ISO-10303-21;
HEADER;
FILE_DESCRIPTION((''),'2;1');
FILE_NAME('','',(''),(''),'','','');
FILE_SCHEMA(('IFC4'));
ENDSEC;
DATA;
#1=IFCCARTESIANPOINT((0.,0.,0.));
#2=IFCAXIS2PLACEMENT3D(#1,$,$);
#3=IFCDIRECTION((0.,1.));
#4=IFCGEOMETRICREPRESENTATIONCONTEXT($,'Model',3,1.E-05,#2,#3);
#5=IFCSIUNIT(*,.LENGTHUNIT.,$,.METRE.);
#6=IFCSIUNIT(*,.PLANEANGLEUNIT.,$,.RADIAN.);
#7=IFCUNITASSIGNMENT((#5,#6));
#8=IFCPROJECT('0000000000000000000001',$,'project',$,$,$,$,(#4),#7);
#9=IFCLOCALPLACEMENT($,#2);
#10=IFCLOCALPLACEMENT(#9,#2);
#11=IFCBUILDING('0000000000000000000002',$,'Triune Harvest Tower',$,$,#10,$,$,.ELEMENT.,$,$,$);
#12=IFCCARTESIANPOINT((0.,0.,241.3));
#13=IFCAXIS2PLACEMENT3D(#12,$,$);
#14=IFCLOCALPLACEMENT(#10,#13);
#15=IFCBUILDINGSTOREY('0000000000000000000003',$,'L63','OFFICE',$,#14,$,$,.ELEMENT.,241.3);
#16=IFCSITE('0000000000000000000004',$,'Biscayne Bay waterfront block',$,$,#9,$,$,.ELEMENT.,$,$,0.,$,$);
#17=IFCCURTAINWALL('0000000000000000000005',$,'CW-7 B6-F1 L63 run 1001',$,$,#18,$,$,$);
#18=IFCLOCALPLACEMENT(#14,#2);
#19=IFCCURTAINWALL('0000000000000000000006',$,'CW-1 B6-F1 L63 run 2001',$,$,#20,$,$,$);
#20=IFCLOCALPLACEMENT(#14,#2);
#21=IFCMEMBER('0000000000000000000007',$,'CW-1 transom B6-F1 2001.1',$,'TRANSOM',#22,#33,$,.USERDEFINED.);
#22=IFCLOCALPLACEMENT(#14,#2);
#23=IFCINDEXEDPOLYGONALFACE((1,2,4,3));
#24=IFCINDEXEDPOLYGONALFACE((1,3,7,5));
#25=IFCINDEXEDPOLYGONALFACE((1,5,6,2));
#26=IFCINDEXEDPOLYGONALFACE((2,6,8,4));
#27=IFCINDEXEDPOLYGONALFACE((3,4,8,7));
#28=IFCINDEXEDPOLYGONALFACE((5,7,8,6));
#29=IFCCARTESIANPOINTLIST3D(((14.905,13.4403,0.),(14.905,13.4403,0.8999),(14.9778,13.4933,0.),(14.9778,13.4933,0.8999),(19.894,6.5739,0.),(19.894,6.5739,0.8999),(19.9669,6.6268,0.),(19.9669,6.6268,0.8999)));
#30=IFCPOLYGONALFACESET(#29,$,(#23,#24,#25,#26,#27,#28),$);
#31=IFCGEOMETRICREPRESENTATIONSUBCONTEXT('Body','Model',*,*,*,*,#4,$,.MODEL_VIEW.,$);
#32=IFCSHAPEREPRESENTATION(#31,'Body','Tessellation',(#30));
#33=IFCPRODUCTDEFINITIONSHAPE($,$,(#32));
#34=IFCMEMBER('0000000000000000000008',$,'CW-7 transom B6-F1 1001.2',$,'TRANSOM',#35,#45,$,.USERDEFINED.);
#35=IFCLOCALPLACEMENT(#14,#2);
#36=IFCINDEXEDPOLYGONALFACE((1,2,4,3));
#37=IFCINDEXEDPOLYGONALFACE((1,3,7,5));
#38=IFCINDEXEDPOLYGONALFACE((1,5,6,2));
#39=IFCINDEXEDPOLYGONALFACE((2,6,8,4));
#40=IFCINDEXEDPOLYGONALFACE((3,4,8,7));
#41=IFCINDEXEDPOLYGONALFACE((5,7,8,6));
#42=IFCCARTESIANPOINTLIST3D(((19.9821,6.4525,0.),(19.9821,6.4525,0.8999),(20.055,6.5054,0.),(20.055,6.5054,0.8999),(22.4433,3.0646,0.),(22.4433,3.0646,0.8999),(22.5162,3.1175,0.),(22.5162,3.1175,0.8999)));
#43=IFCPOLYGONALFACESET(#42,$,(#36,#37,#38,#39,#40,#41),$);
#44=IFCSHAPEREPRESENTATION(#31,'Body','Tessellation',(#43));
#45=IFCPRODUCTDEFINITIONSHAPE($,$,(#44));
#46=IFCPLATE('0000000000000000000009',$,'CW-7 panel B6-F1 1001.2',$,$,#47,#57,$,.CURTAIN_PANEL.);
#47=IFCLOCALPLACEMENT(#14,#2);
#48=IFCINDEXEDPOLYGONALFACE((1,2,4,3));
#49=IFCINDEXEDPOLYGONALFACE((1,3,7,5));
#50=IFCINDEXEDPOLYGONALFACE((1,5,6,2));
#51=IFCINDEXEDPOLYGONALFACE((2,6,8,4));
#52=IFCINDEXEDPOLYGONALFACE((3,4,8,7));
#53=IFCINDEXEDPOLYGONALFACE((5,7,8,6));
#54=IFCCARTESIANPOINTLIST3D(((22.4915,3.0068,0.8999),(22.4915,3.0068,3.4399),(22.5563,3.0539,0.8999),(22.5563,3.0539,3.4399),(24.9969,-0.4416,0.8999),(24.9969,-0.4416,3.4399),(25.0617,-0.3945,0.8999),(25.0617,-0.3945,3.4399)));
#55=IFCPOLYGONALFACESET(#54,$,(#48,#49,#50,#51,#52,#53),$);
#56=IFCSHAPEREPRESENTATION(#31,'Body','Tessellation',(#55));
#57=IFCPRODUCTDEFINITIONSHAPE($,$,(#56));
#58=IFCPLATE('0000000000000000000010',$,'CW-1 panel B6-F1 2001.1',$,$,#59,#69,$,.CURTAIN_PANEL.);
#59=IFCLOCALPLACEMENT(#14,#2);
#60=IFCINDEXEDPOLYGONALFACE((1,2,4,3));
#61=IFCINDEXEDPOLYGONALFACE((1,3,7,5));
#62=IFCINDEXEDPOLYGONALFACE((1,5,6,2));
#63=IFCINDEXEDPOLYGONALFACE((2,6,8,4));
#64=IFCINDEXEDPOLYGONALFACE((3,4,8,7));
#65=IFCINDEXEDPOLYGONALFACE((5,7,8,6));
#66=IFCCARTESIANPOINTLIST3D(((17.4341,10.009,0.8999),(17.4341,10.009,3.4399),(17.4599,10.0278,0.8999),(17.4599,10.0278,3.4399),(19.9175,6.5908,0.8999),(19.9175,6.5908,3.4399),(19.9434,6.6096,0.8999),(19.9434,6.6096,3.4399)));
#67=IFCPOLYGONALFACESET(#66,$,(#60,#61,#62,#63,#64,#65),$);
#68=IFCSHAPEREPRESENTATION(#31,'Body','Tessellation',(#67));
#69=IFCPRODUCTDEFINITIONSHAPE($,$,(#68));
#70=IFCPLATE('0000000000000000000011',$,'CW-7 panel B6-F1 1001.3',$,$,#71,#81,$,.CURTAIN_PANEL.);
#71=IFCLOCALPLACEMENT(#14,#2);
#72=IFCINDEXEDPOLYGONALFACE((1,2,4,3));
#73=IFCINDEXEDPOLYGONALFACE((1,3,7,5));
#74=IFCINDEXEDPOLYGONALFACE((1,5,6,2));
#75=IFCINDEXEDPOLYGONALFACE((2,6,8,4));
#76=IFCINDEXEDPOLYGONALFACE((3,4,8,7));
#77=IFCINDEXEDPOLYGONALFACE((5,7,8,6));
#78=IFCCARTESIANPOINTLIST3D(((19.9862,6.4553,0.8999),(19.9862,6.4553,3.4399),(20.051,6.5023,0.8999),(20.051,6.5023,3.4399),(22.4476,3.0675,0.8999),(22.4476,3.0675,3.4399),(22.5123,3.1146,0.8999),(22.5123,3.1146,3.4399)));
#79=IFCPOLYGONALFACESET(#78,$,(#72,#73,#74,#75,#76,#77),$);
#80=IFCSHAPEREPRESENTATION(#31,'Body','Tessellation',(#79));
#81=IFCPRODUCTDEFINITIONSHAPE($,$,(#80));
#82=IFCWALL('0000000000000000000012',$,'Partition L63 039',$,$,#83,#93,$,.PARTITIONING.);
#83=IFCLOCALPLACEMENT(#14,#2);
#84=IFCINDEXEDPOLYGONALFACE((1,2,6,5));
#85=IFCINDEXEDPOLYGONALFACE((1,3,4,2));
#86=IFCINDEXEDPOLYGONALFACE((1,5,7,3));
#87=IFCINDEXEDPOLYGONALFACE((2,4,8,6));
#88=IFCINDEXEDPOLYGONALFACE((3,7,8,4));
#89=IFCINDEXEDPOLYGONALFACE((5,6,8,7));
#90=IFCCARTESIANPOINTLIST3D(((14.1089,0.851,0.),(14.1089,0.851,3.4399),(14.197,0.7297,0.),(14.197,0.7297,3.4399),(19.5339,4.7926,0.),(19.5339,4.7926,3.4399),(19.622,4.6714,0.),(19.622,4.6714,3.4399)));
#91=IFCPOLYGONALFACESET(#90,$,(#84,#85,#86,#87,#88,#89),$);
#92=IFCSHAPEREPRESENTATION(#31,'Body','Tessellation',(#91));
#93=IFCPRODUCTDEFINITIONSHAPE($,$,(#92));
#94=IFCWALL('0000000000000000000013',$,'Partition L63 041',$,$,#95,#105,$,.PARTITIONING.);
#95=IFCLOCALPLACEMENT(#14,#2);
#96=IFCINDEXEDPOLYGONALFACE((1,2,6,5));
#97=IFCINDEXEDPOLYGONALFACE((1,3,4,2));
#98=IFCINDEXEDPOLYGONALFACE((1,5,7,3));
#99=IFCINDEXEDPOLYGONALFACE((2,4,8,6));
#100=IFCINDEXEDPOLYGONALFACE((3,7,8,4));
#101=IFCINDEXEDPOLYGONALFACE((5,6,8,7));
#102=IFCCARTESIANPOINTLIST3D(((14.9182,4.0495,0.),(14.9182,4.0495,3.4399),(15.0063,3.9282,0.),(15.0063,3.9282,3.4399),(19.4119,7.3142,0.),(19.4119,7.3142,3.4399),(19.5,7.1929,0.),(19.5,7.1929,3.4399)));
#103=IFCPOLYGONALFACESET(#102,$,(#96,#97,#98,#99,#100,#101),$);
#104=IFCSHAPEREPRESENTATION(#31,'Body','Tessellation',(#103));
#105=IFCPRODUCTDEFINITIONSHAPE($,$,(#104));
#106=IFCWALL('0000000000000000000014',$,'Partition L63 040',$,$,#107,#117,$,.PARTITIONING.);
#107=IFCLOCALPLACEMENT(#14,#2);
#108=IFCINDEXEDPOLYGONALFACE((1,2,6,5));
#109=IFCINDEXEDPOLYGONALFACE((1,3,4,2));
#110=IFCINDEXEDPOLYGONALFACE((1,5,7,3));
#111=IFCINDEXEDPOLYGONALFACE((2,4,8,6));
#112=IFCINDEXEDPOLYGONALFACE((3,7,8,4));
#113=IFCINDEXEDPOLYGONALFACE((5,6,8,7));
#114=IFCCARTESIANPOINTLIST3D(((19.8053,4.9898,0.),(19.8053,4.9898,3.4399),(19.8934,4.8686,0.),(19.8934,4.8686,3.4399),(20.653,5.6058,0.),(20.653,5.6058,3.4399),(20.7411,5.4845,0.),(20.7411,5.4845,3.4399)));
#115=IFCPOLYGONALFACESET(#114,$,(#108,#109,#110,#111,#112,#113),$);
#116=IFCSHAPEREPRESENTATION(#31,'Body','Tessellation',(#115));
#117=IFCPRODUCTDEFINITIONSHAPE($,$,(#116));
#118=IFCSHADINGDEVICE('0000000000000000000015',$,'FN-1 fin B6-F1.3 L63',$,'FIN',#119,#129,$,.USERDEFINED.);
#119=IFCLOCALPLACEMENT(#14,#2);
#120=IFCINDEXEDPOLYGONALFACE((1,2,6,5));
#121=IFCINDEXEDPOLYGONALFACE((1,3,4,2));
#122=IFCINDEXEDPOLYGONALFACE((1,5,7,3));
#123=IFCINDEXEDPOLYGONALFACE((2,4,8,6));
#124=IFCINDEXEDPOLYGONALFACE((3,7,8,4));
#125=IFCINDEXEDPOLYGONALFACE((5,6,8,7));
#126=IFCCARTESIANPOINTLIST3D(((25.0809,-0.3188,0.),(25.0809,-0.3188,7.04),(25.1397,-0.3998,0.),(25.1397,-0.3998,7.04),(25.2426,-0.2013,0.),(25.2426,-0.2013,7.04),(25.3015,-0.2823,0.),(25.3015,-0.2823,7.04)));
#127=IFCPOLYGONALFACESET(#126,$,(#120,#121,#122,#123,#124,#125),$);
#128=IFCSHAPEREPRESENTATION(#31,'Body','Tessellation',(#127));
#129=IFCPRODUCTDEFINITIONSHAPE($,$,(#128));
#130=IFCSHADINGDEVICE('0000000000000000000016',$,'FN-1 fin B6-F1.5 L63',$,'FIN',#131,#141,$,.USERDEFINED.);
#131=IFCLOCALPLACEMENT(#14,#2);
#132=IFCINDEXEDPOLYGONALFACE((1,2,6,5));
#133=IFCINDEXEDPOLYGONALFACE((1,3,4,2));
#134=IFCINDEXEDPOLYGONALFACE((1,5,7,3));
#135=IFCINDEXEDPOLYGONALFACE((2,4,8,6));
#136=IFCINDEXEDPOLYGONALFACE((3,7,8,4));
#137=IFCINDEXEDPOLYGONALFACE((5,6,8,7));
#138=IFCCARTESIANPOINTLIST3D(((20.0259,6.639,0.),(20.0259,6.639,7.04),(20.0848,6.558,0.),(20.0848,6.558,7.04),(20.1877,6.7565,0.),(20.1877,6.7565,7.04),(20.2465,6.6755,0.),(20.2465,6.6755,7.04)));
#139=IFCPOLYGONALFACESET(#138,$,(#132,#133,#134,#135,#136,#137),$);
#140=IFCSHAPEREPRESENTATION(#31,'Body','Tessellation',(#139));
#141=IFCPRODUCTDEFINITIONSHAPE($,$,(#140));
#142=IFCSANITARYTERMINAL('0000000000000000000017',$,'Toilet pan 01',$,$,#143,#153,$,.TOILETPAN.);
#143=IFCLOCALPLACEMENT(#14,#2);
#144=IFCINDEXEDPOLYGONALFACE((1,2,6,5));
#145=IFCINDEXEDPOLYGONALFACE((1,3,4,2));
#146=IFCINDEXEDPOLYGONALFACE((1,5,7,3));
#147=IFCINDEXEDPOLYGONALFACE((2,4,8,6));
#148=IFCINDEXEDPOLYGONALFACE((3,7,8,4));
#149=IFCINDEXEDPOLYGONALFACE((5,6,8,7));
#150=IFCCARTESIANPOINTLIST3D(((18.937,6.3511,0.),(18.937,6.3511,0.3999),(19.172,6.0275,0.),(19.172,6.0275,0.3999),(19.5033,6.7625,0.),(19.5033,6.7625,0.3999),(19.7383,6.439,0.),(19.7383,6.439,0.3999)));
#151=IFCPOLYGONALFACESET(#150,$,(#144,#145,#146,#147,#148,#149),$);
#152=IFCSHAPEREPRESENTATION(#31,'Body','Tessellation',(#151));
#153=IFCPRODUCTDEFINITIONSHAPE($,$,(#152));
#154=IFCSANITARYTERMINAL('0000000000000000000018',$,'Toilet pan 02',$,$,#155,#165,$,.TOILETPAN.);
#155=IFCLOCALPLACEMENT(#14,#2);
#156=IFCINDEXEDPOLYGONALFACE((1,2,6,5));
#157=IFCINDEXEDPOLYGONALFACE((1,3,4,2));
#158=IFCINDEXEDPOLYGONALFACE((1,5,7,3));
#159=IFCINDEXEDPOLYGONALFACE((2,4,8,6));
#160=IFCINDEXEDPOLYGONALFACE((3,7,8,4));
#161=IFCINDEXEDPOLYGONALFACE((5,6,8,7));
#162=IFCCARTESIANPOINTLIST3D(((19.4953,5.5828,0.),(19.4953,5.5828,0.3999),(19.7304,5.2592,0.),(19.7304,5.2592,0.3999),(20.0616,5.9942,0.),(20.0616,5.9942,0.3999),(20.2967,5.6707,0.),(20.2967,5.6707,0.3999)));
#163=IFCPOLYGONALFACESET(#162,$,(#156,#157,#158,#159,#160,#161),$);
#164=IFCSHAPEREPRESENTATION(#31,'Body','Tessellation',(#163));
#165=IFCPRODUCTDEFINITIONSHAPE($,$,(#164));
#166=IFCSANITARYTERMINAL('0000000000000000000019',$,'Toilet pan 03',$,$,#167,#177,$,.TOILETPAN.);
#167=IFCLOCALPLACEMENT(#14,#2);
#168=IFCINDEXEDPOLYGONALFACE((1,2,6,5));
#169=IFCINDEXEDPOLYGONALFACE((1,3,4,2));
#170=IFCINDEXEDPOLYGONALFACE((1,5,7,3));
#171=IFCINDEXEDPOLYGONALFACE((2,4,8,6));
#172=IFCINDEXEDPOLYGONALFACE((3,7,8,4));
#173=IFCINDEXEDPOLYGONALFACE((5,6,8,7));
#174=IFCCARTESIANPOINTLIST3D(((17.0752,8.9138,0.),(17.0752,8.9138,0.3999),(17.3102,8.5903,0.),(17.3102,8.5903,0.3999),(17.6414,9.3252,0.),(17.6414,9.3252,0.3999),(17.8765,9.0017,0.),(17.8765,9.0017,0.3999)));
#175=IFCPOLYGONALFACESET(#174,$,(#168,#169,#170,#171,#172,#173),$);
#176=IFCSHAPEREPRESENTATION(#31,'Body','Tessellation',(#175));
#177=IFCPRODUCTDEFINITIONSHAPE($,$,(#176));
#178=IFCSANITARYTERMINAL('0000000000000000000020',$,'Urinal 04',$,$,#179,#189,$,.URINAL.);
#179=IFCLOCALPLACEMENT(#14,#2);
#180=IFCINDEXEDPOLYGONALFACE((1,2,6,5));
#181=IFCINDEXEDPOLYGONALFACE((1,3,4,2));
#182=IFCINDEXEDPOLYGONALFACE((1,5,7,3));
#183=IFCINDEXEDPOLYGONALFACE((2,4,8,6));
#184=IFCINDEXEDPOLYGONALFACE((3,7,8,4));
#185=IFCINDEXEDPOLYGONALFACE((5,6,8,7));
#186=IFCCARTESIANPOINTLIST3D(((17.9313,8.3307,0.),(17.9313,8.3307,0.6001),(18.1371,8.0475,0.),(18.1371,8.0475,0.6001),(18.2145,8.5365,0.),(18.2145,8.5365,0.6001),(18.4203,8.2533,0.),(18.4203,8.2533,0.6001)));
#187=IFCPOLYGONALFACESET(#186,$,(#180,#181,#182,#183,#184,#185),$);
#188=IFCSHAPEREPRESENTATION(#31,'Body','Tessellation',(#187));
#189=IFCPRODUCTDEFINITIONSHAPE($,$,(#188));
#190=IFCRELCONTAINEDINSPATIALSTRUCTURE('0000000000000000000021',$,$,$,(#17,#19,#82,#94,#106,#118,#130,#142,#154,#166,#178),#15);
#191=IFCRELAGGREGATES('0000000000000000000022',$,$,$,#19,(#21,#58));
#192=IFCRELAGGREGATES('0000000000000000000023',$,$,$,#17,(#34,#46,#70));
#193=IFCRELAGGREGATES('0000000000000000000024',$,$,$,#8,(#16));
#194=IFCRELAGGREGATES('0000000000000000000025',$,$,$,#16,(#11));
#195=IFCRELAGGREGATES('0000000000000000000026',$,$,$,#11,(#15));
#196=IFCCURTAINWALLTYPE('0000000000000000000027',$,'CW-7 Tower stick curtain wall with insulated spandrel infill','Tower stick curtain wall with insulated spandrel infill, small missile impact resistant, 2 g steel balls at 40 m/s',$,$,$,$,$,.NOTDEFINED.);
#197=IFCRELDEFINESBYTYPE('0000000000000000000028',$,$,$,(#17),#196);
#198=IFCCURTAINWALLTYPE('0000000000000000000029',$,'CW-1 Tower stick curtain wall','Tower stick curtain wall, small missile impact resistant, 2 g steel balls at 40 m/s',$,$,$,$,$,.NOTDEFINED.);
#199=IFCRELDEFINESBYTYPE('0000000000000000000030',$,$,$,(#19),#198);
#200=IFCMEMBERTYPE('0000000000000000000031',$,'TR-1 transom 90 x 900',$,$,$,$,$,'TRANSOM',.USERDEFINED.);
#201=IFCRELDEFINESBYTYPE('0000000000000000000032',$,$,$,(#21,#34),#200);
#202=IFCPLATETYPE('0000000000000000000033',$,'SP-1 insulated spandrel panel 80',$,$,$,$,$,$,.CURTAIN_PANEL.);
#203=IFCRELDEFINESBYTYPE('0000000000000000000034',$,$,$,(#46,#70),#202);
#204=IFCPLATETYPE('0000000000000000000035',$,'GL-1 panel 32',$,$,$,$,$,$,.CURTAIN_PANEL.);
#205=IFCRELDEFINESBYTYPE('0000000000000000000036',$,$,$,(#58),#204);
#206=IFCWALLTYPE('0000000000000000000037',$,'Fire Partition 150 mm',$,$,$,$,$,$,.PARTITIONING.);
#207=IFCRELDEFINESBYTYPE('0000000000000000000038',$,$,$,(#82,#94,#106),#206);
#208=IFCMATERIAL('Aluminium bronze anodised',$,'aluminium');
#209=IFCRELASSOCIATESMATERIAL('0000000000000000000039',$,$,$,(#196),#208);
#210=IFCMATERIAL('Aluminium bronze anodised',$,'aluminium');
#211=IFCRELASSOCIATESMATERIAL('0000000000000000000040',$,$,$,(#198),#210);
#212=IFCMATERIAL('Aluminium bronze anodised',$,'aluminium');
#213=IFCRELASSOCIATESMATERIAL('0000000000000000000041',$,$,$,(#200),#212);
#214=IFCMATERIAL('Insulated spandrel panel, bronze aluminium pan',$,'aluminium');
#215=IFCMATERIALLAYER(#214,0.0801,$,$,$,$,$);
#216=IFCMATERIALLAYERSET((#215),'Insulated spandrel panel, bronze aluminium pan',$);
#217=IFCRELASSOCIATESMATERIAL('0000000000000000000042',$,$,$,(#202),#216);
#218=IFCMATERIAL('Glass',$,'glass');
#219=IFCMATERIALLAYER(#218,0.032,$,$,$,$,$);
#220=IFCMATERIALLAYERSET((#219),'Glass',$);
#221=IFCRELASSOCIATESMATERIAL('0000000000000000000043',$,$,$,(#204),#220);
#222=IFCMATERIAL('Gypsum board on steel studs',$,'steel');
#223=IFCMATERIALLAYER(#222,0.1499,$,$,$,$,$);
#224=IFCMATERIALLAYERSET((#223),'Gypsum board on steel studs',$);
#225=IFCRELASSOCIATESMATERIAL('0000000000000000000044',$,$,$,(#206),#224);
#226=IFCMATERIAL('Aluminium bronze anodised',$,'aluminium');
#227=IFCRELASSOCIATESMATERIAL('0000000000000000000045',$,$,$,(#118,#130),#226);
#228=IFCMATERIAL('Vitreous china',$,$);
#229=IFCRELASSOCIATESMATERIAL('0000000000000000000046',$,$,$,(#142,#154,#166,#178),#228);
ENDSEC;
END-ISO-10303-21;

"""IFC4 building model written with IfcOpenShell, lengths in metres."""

from ifc_helpers import new_model, si_unit, direction, frame, frame_2d, origin, origin_2d, place, context, subcontext, project, spatial, rectangle, extrude, source, transform, mapped, material, layer, layer_set, material_profile, profile_set, type_object, element, aggregate, save


model = new_model("IFC4")

# Units and contexts
model_context = context("Model", 3, precision=1e-05, world=origin(), true_north=direction((0.0, 1.0)))
body_context = subcontext(model_context, "Body", "Model", "MODEL_VIEW")
ifc_project = project(units=[si_unit("LENGTHUNIT", "METRE"), si_unit("PLANEANGLEUNIT", "RADIAN")], contexts=[model_context])

# Site, building, storey
site_placement = place(None, origin())
site = spatial("IfcSite", under=ifc_project, at=site_placement, Name="Biscayne Bay waterfront block", CompositionType="ELEMENT", RefElevation=0.0)
building_placement = place(site_placement, origin())
building = spatial("IfcBuilding", under=site, at=building_placement, Name="Triune Harvest Tower", CompositionType="ELEMENT")
storey_placement = place(building_placement, frame((0.0, 0.0, 241.3)))
storey = spatial("IfcBuildingStorey", under=building, at=storey_placement, Name="L63", Description="OFFICE", CompositionType="ELEMENT", Elevation=241.3)

# Curtain walls, member
ifc_material_1 = material(Name="Aluminium bronze anodised", Category="aluminium")
curtain_wall_type_1 = type_object("IfcCurtainWallType", Name="CW-7 Tower stick curtain wall with insulated spandrel infill", Description="Tower stick curtain wall with insulated spandrel infill, small missile impact resistant, 2 g steel balls at 40 m/s", PredefinedType="NOTDEFINED", material=ifc_material_1)
curtain_wall_1_placement = place(storey_placement, origin())
curtain_wall_1 = element("IfcCurtainWall", 1, at=curtain_wall_1_placement, inside=storey, type_object=curtain_wall_type_1, Name="CW-7 B6-F1 L63 run 1001")
ifc_material_2 = material(Name="Aluminium bronze anodised", Category="aluminium")
curtain_wall_type_2 = type_object("IfcCurtainWallType", Name="CW-1 Tower stick curtain wall", Description="Tower stick curtain wall, small missile impact resistant, 2 g steel balls at 40 m/s", PredefinedType="NOTDEFINED", material=ifc_material_2)
curtain_wall_2_placement = place(storey_placement, origin())
curtain_wall_2 = element("IfcCurtainWall", 2, at=curtain_wall_2_placement, inside=storey, type_object=curtain_wall_type_2, Name="CW-1 B6-F1 L63 run 2001")
ifc_material_3 = material(Name="Aluminium bronze anodised", Category="aluminium")
ifc_material_profile_1 = material_profile(ifc_material_3, rectangle(XDim=0.0901, YDim=0.8999, at=origin_2d()), Name="TR-1 transom 90 x 900")
ifc_profile_set_1 = profile_set([ifc_material_profile_1], Name="Aluminium bronze anodised")
member_type_1 = type_object("IfcMemberType", Name="TR-1 transom 90 x 900", ElementType="TRANSOM", PredefinedType="USERDEFINED", material=ifc_profile_set_1)
shared_shape_1 = source(origin(), body_context, "Body", "SweptSolid", [
    extrude(rectangle(XDim=0.0901, YDim=0.8999, at=origin_2d()), origin(), (0.0, 0.0, 1.0), 8.4875),
])
member_1_placement = place(storey_placement, frame((19.9304, 6.6003, 0.45), z_axis=(-0.587804, 0.809003, 0.0), x_axis=(-0.809003, -0.587804, 0.0)))
member_1 = element("IfcMember", 3, at=member_1_placement, type_object=member_type_1, Name="CW-1 transom B6-F1 2001.1", ObjectType="TRANSOM", PredefinedType="USERDEFINED", context=body_context, shape_type="MappedRepresentation", body=[
    mapped(shared_shape_1, transform((0.0, 0.0, 0.0), scale=1.0)),
])

# Member
shared_shape_2 = source(origin(), body_context, "Body", "SweptSolid", [
    extrude(rectangle(XDim=0.0901, YDim=0.8999, at=origin_2d()), origin(), (0.0, 0.0, 1.0), 4.1875),
])
member_2_placement = place(storey_placement, frame((22.4797, 3.0911, 0.45), z_axis=(-0.587738, 0.809051, 0.0), x_axis=(-0.809051, -0.587738, 0.0)))
member_2 = element("IfcMember", 4, at=member_2_placement, type_object=member_type_1, Name="CW-7 transom B6-F1 1001.2", ObjectType="TRANSOM", PredefinedType="USERDEFINED", context=body_context, shape_type="MappedRepresentation", body=[
    mapped(shared_shape_2, transform((0.0, 0.0, 0.0), scale=1.0)),
])

# Plates
ifc_material_4 = material(Name="Insulated spandrel panel, bronze aluminium pan", Category="aluminium")
ifc_layer_1 = layer(ifc_material_4, 0.0801)
ifc_layer_set_1 = layer_set([ifc_layer_1], Name="Insulated spandrel panel, bronze aluminium pan")
plate_type_1 = type_object("IfcPlateType", Name="SP-1 insulated spandrel panel 80", PredefinedType="CURTAIN_PANEL", material=ifc_layer_set_1)
shared_shape_3 = source(origin(), body_context, "Body", "SweptSolid", [
    extrude(rectangle(XDim=4.2625, YDim=0.0801, at=origin_2d()), origin(), (0.0, 0.0, 1.0), 2.54),
])
plate_1_placement = place(storey_placement, frame((23.7766, 1.3062, 0.8999), z_axis=(0.0, 0.0, 1.0), x_axis=(-0.587786, 0.809017, 0.0)))
plate_1 = element("IfcPlate", 5, at=plate_1_placement, type_object=plate_type_1, Name="CW-7 panel B6-F1 1001.2", PredefinedType="CURTAIN_PANEL", context=body_context, shape_type="MappedRepresentation", body=[
    mapped(shared_shape_3, transform((0.0, 0.0, 0.0), scale=1.0)),
])
ifc_material_5 = material(Name="Glass", Category="glass")
ifc_layer_2 = layer(ifc_material_5, 0.032)
ifc_layer_set_2 = layer_set([ifc_layer_2], Name="Glass")
plate_type_2 = type_object("IfcPlateType", Name="GL-1 panel 32", PredefinedType="CURTAIN_PANEL", material=ifc_layer_set_2)
shared_shape_4 = source(origin(), body_context, "Body", "SweptSolid", [
    extrude(rectangle(XDim=4.2251, YDim=0.032, at=origin_2d()), origin(), (0.0, 0.0, 1.0), 2.54),
])
plate_2_placement = place(storey_placement, frame((18.6887, 8.3093, 0.8999), z_axis=(0.0, 0.0, 1.0), x_axis=(-0.587784, 0.809018, 0.0)))
plate_2 = element("IfcPlate", 6, at=plate_2_placement, type_object=plate_type_2, Name="CW-1 panel B6-F1 2001.1", PredefinedType="CURTAIN_PANEL", context=body_context, shape_type="MappedRepresentation", body=[
    mapped(shared_shape_4, transform((0.0, 0.0, 0.0), scale=1.0)),
])
aggregate(curtain_wall_2, [member_1, plate_2])
shared_shape_5 = source(origin(), body_context, "Body", "SweptSolid", [
    extrude(rectangle(XDim=4.1875, YDim=0.0801, at=origin_2d()), origin(), (0.0, 0.0, 1.0), 2.54),
])
plate_3_placement = place(storey_placement, frame((21.2493, 4.7849, 0.8999), z_axis=(0.0, 0.0, 1.0), x_axis=(-0.587786, 0.809017, 0.0)))
plate_3 = element("IfcPlate", 7, at=plate_3_placement, type_object=plate_type_1, Name="CW-7 panel B6-F1 1001.3", PredefinedType="CURTAIN_PANEL", context=body_context, shape_type="MappedRepresentation", body=[
    mapped(shared_shape_5, transform((0.0, 0.0, 0.0), scale=1.0)),
])
aggregate(curtain_wall_1, [member_2, plate_1, plate_3])

# Walls
ifc_material_6 = material(Name="Gypsum board on steel studs", Category="steel")
ifc_layer_3 = layer(ifc_material_6, 0.1499)
ifc_layer_set_3 = layer_set([ifc_layer_3], Name="Gypsum board on steel studs")
wall_type = type_object("IfcWallType", Name="Fire Partition 150 mm", PredefinedType="PARTITIONING", material=ifc_layer_set_3)
wall_1_placement = place(storey_placement, frame((14.1528, 0.7903, 0.0), z_axis=(0.0, 0.0, 1.0), x_axis=(0.809008, 0.587797, 0.0)))
element("IfcWall", 8, at=wall_1_placement, inside=storey, type_object=wall_type, Name="Partition L63 039", PredefinedType="PARTITIONING", context=body_context, shape_type="SweptSolid", body=[
    extrude(rectangle(XDim=6.7058, YDim=0.1499, at=frame_2d((3.353, 0.0))), origin(), (0.0, 0.0, 1.0), 3.4399),
])
wall_2_placement = place(storey_placement, frame((14.9622, 3.9888, 0.0), z_axis=(0.0, 0.0, 1.0), x_axis=(0.809032, 0.587764, 0.0)))
element("IfcWall", 9, at=wall_2_placement, inside=storey, type_object=wall_type, Name="Partition L63 041", PredefinedType="PARTITIONING", context=body_context, shape_type="SweptSolid", body=[
    extrude(rectangle(XDim=5.5544, YDim=0.1499, at=frame_2d((2.7773, 0.0))), origin(), (0.0, 0.0, 1.0), 3.4399),
])
shared_shape_6 = source(origin(), body_context, "Body", "SweptSolid", [
    extrude(rectangle(XDim=1.0479, YDim=0.1499, at=frame_2d((0.5239, 0.0))), origin(), (0.0, 0.0, 1.0), 3.4399),
])
wall_3_placement = place(storey_placement, frame((19.8494, 4.9292, 0.0), z_axis=(0.0, 0.0, 1.0), x_axis=(0.808968, 0.587853, 0.0)))
element("IfcWall", 10, at=wall_3_placement, inside=storey, type_object=wall_type, Name="Partition L63 040", PredefinedType="PARTITIONING", context=body_context, shape_type="MappedRepresentation", body=[
    mapped(shared_shape_6, transform((0.0, 0.0, 0.0), scale=1.0)),
])

# Shading devices
ifc_material_7 = material(Name="Aluminium bronze anodised", Category="aluminium")
shared_shape_7 = source(origin(), body_context, "Body", "SweptSolid", [
    extrude(rectangle(XDim=0.1001, YDim=0.2, at=origin_2d()), origin(), (0.0, 0.0, 1.0), 7.04),
])
for number, where, z_axis, x_axis, name in (
    (11, (25.1912, -0.3005, 0.0), (0.0, 0.0, 1.0), (-0.587786, 0.809017, 0.0), "FN-1 fin B6-F1.3 L63"),
    (12, (20.1362, 6.6572, 0.0), (0.0, 0.0, 1.0), (-0.587786, 0.809017, 0.0), "FN-1 fin B6-F1.5 L63"),
):
    element("IfcShadingDevice", number, at=place(storey_placement, frame(where, z_axis=z_axis, x_axis=x_axis)), inside=storey, material=ifc_material_7, Name=name, ObjectType="FIN", PredefinedType="USERDEFINED", context=body_context, shape_type="MappedRepresentation", body=[
        mapped(shared_shape_7, transform((0.0, 0.0, 0.0), scale=1.0)),
    ])

# Sanitary terminals
ifc_material_8 = material(Name="Vitreous china")
shared_shape_8 = source(origin(), body_context, "Body", "SweptSolid", [
    extrude(rectangle(XDim=0.3999, YDim=0.7, at=origin_2d()), origin(), (0.0, 0.0, 1.0), 0.3999),
])
for number, where, z_axis, x_axis, name in (
    (13, (19.3376, 6.395, 0.0), (0.0, 0.0, 1.0), (0.587785, -0.809017, 0.0), "Toilet pan 01"),
    (14, (19.896, 5.6267, 0.0), (0.0, 0.0, 1.0), (0.587785, -0.809017, 0.0), "Toilet pan 02"),
    (15, (17.4758, 8.9578, 0.0), (0.0, 0.0, 1.0), (0.587785, -0.809017, 0.0), "Toilet pan 03"),
):
    element("IfcSanitaryTerminal", number, at=place(storey_placement, frame(where, z_axis=z_axis, x_axis=x_axis)), inside=storey, material=ifc_material_8, Name=name, PredefinedType="TOILETPAN", context=body_context, shape_type="MappedRepresentation", body=[
        mapped(shared_shape_8, transform((0.0, 0.0, 0.0), scale=1.0)),
    ])
shared_shape_9 = source(origin(), body_context, "Body", "SweptSolid", [
    extrude(rectangle(XDim=0.3501, YDim=0.3501, at=origin_2d()), origin(), (0.0, 0.0, 1.0), 0.6001),
])
sanitary_terminal_1_placement = place(storey_placement, frame((18.1758, 8.292, 0.0), z_axis=(0.0, 0.0, 1.0), x_axis=(0.587785, -0.809017, 0.0)))
element("IfcSanitaryTerminal", 16, at=sanitary_terminal_1_placement, inside=storey, material=ifc_material_8, Name="Urinal 04", PredefinedType="URINAL", context=body_context, shape_type="MappedRepresentation", body=[
    mapped(shared_shape_9, transform((0.0, 0.0, 0.0), scale=1.0)),
])

save(model, "model.ifc")
